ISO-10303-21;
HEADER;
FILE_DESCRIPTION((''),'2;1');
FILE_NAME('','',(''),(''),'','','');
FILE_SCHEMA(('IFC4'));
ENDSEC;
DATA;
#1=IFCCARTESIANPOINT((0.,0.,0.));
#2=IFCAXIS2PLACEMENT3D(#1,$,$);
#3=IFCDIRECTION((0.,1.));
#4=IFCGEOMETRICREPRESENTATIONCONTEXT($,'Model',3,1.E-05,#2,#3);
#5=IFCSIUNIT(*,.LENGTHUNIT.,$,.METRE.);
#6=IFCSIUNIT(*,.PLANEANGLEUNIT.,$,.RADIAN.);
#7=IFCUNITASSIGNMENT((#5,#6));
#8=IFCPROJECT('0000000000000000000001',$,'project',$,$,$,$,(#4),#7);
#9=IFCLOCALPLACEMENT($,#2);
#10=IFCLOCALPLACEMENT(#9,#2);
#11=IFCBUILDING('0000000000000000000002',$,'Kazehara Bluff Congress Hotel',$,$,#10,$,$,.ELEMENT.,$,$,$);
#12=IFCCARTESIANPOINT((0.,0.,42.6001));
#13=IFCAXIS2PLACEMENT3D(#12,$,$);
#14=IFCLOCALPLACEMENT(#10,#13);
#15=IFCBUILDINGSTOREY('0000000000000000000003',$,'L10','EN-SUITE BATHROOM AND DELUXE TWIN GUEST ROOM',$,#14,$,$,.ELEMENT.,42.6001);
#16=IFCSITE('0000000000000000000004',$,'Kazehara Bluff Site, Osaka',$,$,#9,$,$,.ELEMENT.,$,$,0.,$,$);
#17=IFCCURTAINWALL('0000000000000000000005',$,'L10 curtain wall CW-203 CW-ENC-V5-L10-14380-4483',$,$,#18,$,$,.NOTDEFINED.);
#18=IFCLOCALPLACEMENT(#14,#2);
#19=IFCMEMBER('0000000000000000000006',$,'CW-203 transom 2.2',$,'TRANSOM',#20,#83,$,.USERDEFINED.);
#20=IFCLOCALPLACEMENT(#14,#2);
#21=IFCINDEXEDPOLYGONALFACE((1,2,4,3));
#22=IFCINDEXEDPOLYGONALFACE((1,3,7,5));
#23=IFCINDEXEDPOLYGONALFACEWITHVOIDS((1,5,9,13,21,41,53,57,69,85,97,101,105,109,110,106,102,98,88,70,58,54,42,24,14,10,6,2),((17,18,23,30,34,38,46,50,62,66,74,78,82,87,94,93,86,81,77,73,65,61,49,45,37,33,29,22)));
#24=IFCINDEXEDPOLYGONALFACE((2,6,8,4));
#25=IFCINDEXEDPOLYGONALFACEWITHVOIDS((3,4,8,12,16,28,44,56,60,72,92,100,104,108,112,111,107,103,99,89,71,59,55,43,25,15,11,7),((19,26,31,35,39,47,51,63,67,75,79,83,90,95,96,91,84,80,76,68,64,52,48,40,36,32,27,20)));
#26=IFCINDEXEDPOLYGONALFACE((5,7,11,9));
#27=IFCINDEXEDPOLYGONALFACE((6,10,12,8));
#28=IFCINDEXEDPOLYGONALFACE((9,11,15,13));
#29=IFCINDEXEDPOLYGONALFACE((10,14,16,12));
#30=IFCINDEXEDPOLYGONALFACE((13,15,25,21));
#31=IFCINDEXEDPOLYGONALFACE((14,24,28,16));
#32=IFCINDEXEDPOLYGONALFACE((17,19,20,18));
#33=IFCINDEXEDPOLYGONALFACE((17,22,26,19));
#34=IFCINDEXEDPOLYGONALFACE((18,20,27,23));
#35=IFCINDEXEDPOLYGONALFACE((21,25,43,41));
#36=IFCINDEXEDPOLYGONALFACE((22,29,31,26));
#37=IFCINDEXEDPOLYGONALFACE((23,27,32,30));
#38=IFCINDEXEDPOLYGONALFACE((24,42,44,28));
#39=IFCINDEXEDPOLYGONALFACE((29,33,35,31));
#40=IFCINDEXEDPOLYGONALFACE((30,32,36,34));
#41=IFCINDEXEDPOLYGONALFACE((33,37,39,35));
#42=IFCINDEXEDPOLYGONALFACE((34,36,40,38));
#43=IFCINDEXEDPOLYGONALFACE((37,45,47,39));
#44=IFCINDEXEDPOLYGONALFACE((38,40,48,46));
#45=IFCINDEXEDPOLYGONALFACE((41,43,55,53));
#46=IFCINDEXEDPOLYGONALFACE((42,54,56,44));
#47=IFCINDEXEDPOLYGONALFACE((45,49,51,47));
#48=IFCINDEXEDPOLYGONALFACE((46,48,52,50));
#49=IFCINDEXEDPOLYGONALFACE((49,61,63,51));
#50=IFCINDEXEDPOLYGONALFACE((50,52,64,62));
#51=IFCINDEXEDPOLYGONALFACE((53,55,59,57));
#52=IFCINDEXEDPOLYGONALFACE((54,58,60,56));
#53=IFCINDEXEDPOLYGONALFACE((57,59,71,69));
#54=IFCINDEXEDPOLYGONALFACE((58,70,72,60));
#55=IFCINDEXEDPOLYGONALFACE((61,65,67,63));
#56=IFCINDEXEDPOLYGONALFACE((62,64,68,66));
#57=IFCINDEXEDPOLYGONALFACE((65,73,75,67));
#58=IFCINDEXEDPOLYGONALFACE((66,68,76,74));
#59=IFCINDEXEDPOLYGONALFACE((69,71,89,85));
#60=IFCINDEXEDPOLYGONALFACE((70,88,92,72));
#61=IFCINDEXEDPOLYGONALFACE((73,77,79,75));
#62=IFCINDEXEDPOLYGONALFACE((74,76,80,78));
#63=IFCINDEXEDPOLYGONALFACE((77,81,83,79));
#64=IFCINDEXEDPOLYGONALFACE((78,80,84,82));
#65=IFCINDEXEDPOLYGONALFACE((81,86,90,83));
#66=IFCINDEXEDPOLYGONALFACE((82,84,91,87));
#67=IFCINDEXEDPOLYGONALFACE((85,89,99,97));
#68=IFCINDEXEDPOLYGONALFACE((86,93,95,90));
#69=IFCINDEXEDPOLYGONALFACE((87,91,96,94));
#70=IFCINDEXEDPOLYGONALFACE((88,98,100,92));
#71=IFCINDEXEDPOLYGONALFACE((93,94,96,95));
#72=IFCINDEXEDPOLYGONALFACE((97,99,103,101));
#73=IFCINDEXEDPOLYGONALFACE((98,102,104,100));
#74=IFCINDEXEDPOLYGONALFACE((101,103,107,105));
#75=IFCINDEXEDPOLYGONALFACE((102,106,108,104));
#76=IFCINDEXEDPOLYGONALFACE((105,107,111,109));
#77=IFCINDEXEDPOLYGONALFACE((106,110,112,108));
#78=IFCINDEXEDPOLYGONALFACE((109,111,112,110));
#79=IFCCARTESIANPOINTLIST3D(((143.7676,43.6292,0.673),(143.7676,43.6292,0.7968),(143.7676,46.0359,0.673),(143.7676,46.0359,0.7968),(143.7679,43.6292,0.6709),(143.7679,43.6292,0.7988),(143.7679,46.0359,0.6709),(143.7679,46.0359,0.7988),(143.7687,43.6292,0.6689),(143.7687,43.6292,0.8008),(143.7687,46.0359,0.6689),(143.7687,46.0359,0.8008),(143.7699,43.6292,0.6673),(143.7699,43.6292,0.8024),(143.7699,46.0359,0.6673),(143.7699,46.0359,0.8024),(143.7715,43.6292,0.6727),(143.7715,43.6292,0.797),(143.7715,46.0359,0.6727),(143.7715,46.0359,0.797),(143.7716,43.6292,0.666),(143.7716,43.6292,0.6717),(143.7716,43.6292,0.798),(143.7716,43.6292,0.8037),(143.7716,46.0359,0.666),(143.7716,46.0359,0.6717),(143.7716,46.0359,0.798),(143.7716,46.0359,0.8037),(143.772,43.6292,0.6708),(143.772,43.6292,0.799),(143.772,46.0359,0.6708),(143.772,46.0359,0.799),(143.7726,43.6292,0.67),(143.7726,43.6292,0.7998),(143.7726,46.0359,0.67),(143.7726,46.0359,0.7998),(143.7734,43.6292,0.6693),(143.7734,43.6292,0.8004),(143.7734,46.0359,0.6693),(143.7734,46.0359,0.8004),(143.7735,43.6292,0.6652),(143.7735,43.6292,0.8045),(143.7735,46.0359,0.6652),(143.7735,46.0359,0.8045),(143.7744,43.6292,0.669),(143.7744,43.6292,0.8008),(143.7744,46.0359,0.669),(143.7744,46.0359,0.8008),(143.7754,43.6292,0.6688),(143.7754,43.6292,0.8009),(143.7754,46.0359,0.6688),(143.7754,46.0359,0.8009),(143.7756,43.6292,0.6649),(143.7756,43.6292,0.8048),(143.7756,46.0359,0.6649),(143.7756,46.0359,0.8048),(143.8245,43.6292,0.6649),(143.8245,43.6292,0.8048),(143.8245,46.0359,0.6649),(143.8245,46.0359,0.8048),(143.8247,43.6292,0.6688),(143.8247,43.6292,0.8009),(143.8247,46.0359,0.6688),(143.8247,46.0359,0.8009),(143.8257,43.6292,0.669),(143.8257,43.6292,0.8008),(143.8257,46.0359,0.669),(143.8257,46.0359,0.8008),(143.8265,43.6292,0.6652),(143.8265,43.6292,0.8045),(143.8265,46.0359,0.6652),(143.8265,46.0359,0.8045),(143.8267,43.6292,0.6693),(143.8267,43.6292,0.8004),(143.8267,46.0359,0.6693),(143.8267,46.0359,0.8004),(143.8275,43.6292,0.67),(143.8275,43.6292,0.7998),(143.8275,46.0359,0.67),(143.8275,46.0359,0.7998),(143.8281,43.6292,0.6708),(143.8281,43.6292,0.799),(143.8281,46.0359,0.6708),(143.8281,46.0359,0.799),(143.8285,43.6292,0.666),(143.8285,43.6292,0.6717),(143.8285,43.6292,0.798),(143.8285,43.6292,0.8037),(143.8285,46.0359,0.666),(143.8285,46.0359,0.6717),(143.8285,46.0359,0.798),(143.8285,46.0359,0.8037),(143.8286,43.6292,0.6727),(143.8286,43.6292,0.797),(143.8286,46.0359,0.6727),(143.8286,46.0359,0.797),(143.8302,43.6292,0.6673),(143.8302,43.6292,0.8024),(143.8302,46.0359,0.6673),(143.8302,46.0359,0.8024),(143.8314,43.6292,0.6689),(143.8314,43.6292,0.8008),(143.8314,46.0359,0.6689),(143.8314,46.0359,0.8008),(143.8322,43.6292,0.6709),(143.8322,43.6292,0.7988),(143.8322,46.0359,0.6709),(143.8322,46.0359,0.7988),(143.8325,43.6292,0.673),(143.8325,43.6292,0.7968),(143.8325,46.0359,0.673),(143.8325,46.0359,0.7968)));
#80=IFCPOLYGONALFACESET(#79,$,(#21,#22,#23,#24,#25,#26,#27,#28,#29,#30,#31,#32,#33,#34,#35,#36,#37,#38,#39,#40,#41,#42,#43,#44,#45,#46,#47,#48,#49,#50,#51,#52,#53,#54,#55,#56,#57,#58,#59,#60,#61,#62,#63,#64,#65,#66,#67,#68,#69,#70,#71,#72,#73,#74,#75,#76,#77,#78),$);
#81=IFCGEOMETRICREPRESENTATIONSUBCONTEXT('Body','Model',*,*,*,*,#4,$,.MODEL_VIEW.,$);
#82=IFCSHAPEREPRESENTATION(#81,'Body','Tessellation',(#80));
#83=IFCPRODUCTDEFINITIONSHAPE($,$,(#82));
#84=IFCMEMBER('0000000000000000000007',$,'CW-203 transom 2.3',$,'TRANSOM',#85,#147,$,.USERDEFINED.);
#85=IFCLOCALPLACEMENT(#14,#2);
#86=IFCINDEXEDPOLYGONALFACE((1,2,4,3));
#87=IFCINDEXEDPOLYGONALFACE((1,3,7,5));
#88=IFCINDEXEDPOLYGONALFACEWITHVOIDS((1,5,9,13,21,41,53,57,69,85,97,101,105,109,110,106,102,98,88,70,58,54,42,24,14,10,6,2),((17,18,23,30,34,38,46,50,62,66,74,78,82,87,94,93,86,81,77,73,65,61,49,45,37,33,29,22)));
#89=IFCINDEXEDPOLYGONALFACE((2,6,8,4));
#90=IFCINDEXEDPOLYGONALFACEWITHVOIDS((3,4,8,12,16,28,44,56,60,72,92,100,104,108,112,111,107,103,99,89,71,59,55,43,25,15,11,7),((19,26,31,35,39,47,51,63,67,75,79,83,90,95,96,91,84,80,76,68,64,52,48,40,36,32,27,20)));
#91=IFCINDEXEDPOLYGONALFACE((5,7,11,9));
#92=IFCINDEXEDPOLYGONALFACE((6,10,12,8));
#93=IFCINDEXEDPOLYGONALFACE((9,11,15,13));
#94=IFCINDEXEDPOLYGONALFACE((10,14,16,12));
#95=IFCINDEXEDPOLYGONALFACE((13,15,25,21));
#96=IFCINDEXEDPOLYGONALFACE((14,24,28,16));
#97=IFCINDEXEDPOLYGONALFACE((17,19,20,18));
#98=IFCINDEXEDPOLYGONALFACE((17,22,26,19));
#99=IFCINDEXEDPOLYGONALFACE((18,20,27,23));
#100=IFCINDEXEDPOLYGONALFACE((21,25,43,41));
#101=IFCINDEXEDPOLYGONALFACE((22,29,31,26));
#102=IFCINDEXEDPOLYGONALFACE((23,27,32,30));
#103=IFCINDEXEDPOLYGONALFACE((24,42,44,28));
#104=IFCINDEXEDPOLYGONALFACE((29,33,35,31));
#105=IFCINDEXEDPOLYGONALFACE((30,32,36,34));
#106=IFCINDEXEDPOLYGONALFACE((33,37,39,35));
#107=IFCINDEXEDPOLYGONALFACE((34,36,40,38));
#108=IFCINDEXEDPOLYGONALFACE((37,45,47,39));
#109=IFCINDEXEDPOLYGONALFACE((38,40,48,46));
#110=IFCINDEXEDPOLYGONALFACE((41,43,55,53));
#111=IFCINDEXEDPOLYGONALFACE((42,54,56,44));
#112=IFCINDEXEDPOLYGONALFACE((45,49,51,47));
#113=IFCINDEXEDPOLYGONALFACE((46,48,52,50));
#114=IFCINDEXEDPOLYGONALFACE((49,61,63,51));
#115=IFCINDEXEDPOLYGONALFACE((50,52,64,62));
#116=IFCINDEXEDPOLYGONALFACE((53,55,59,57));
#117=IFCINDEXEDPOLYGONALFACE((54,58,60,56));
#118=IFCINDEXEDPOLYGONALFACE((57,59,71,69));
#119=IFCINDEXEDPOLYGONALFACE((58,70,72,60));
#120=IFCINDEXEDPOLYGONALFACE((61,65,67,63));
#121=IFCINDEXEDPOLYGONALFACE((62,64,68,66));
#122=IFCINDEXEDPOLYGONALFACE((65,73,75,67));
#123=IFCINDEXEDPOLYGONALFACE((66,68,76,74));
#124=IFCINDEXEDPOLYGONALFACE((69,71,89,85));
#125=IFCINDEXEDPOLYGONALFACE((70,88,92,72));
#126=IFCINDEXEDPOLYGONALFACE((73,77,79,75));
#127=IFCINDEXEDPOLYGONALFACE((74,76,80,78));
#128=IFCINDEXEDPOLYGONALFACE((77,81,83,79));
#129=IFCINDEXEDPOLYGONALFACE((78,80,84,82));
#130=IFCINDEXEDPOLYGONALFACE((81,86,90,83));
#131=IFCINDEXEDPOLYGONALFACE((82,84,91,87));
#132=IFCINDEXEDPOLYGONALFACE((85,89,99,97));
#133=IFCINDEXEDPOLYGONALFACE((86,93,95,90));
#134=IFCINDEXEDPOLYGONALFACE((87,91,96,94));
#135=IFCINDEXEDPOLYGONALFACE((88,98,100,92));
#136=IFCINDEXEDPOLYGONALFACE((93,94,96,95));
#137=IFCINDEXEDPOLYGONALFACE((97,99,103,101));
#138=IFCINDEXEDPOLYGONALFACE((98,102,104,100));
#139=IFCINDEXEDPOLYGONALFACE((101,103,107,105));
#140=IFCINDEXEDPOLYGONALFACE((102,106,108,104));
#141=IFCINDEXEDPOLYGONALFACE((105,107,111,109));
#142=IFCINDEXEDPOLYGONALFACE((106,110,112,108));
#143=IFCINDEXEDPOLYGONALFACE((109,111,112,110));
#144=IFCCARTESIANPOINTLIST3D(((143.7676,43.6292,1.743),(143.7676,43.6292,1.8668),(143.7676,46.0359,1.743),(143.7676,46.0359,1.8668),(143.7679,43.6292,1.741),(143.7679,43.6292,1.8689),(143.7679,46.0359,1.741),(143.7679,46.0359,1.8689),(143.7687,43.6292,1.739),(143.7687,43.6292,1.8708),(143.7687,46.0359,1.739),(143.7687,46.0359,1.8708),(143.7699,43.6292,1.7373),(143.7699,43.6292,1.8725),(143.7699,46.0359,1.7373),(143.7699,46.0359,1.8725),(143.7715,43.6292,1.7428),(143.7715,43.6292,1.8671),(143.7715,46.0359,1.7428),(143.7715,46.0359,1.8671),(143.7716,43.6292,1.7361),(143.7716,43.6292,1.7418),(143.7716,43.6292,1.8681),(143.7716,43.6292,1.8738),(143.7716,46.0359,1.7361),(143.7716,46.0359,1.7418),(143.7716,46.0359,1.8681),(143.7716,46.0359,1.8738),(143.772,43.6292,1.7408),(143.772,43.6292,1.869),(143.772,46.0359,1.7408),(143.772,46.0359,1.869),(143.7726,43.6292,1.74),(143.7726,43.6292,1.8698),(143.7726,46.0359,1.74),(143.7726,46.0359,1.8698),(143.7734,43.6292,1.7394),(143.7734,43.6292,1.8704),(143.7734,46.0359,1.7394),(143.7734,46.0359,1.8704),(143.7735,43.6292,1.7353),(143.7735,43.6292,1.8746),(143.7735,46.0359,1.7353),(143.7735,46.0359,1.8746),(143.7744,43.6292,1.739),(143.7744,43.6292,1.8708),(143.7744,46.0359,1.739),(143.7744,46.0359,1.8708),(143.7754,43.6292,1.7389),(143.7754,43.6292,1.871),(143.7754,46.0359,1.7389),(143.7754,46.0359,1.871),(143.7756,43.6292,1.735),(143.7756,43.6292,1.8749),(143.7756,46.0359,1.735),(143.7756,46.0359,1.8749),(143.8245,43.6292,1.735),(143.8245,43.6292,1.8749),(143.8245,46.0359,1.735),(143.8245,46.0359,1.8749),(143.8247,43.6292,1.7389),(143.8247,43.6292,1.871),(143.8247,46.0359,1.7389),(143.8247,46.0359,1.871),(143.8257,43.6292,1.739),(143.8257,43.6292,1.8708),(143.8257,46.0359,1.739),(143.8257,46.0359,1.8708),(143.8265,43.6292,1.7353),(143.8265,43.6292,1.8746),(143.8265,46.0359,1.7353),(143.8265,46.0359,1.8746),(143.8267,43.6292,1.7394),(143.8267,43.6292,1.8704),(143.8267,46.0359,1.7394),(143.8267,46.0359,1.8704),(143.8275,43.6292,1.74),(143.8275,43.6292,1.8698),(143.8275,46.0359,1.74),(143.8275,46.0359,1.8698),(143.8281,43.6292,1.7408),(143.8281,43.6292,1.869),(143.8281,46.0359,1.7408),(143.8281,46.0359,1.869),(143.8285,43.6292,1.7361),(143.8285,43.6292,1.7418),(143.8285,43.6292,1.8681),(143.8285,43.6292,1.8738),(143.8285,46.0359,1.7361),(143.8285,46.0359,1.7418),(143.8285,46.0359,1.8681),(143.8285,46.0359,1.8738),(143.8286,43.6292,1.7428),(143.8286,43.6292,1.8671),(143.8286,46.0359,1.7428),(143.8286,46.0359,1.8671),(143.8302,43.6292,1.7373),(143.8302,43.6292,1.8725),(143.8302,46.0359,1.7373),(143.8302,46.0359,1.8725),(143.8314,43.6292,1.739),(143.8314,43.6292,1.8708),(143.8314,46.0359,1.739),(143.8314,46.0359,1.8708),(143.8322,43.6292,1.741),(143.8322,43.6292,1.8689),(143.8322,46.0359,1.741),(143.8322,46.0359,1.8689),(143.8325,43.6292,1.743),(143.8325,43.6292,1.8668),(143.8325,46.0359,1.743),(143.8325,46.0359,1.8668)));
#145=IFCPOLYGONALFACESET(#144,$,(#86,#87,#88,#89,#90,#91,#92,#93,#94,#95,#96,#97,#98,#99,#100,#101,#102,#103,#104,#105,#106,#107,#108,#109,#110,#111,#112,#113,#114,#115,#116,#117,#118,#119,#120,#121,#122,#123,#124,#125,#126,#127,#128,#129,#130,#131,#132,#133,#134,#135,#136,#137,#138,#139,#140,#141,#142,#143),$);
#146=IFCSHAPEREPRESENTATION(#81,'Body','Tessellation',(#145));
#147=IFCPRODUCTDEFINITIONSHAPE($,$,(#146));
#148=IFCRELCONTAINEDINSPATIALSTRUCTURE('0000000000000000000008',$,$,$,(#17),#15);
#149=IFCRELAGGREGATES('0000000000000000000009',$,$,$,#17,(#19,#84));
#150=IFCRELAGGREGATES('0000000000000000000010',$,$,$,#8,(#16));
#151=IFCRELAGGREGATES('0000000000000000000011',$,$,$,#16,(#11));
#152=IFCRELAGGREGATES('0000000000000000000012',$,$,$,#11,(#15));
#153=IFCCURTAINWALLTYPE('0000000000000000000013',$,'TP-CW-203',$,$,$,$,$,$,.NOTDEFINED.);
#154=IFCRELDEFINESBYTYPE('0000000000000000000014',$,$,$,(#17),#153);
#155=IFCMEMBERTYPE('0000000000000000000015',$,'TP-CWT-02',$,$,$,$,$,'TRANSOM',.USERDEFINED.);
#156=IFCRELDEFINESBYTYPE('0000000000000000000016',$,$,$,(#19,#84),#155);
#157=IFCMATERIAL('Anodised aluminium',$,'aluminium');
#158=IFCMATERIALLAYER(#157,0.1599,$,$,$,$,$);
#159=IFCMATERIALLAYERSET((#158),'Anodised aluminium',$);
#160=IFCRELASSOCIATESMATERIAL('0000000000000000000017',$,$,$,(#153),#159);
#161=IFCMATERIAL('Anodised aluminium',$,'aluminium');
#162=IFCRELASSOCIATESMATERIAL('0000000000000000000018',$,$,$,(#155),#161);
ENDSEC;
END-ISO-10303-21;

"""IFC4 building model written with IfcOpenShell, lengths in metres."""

from ifc_helpers import new_model, si_unit, direction, frame, origin, origin_2d, place, context, subcontext, project, spatial, hollow_rectangle, extrude, material, layer, layer_set, material_profile, profile_set, type_object, element, aggregate, save


model = new_model("IFC4")

# Units and contexts
model_context = context("Model", 3, precision=1e-05, world=origin(), true_north=direction((0.0, 1.0)))
body_context = subcontext(model_context, "Body", "Model", "MODEL_VIEW")
ifc_project = project(units=[si_unit("LENGTHUNIT", "METRE"), si_unit("PLANEANGLEUNIT", "RADIAN")], contexts=[model_context])

# Site, building, storey
site_placement = place(None, origin())
site = spatial("IfcSite", under=ifc_project, at=site_placement, Name="Kazehara Bluff Site, Osaka", CompositionType="ELEMENT", RefElevation=0.0)
building_placement = place(site_placement, origin())
building = spatial("IfcBuilding", under=site, at=building_placement, Name="Kazehara Bluff Congress Hotel", CompositionType="ELEMENT")
storey_placement = place(building_placement, frame((0.0, 0.0, 42.6001)))
storey = spatial("IfcBuildingStorey", under=building, at=storey_placement, Name="L10", Description="EN-SUITE BATHROOM AND DELUXE TWIN GUEST ROOM", CompositionType="ELEMENT", Elevation=42.6001)

# Curtain wall
ifc_material_1 = material(Name="Anodised aluminium", Category="aluminium")
ifc_layer_1 = layer(ifc_material_1, 0.1599)
ifc_layer_set_1 = layer_set([ifc_layer_1], Name="Anodised aluminium")
curtain_wall_type_1 = type_object("IfcCurtainWallType", Name="TP-CW-203", PredefinedType="NOTDEFINED", material=ifc_layer_set_1)
curtain_wall_1_placement = place(storey_placement, origin())
curtain_wall_1 = element("IfcCurtainWall", 1, at=curtain_wall_1_placement, inside=storey, type_object=curtain_wall_type_1, Name="L10 curtain wall CW-203 CW-ENC-V5-L10-14380-4483", PredefinedType="NOTDEFINED")

# Members
ifc_material_2 = material(Name="Anodised aluminium", Category="aluminium")
ifc_material_profile_1 = material_profile(ifc_material_2, hollow_rectangle(XDim=0.0649, YDim=0.1399, WallThickness=0.0039, InnerFilletRadius=0.0039, OuterFilletRadius=0.0081, at=origin_2d()))
ifc_profile_set_1 = profile_set([ifc_material_profile_1], Name="Anodised aluminium")
member_type_1 = type_object("IfcMemberType", Name="TP-CWT-02", ElementType="TRANSOM", PredefinedType="USERDEFINED", material=ifc_profile_set_1)
member_1_placement = place(storey_placement, frame((143.8, 43.6292, 0.7349), z_axis=(0.0, 1.0, 0.0), x_axis=(-1.0, 0.0, 0.0)))
member_1 = element("IfcMember", 2, at=member_1_placement, type_object=member_type_1, Name="CW-203 transom 2.2", ObjectType="TRANSOM", PredefinedType="USERDEFINED", context=body_context, shape_type="SweptSolid", body=[
    extrude(hollow_rectangle(XDim=0.0649, YDim=0.1399, WallThickness=0.0039, InnerFilletRadius=0.0039, OuterFilletRadius=0.0081, at=origin_2d()), origin(), (0.0, 0.0, 1.0), 2.4067),
])
member_2_placement = place(storey_placement, frame((143.8, 43.6292, 1.8049), z_axis=(0.0, 1.0, 0.0), x_axis=(-1.0, 0.0, 0.0)))
member_2 = element("IfcMember", 3, at=member_2_placement, type_object=member_type_1, Name="CW-203 transom 2.3", ObjectType="TRANSOM", PredefinedType="USERDEFINED", context=body_context, shape_type="SweptSolid", body=[
    extrude(hollow_rectangle(XDim=0.0649, YDim=0.1399, WallThickness=0.0039, InnerFilletRadius=0.0039, OuterFilletRadius=0.0081, at=origin_2d()), origin(), (0.0, 0.0, 1.0), 2.4067),
])

aggregate(curtain_wall_1, [member_1, member_2])

save(model, "model.ifc")
